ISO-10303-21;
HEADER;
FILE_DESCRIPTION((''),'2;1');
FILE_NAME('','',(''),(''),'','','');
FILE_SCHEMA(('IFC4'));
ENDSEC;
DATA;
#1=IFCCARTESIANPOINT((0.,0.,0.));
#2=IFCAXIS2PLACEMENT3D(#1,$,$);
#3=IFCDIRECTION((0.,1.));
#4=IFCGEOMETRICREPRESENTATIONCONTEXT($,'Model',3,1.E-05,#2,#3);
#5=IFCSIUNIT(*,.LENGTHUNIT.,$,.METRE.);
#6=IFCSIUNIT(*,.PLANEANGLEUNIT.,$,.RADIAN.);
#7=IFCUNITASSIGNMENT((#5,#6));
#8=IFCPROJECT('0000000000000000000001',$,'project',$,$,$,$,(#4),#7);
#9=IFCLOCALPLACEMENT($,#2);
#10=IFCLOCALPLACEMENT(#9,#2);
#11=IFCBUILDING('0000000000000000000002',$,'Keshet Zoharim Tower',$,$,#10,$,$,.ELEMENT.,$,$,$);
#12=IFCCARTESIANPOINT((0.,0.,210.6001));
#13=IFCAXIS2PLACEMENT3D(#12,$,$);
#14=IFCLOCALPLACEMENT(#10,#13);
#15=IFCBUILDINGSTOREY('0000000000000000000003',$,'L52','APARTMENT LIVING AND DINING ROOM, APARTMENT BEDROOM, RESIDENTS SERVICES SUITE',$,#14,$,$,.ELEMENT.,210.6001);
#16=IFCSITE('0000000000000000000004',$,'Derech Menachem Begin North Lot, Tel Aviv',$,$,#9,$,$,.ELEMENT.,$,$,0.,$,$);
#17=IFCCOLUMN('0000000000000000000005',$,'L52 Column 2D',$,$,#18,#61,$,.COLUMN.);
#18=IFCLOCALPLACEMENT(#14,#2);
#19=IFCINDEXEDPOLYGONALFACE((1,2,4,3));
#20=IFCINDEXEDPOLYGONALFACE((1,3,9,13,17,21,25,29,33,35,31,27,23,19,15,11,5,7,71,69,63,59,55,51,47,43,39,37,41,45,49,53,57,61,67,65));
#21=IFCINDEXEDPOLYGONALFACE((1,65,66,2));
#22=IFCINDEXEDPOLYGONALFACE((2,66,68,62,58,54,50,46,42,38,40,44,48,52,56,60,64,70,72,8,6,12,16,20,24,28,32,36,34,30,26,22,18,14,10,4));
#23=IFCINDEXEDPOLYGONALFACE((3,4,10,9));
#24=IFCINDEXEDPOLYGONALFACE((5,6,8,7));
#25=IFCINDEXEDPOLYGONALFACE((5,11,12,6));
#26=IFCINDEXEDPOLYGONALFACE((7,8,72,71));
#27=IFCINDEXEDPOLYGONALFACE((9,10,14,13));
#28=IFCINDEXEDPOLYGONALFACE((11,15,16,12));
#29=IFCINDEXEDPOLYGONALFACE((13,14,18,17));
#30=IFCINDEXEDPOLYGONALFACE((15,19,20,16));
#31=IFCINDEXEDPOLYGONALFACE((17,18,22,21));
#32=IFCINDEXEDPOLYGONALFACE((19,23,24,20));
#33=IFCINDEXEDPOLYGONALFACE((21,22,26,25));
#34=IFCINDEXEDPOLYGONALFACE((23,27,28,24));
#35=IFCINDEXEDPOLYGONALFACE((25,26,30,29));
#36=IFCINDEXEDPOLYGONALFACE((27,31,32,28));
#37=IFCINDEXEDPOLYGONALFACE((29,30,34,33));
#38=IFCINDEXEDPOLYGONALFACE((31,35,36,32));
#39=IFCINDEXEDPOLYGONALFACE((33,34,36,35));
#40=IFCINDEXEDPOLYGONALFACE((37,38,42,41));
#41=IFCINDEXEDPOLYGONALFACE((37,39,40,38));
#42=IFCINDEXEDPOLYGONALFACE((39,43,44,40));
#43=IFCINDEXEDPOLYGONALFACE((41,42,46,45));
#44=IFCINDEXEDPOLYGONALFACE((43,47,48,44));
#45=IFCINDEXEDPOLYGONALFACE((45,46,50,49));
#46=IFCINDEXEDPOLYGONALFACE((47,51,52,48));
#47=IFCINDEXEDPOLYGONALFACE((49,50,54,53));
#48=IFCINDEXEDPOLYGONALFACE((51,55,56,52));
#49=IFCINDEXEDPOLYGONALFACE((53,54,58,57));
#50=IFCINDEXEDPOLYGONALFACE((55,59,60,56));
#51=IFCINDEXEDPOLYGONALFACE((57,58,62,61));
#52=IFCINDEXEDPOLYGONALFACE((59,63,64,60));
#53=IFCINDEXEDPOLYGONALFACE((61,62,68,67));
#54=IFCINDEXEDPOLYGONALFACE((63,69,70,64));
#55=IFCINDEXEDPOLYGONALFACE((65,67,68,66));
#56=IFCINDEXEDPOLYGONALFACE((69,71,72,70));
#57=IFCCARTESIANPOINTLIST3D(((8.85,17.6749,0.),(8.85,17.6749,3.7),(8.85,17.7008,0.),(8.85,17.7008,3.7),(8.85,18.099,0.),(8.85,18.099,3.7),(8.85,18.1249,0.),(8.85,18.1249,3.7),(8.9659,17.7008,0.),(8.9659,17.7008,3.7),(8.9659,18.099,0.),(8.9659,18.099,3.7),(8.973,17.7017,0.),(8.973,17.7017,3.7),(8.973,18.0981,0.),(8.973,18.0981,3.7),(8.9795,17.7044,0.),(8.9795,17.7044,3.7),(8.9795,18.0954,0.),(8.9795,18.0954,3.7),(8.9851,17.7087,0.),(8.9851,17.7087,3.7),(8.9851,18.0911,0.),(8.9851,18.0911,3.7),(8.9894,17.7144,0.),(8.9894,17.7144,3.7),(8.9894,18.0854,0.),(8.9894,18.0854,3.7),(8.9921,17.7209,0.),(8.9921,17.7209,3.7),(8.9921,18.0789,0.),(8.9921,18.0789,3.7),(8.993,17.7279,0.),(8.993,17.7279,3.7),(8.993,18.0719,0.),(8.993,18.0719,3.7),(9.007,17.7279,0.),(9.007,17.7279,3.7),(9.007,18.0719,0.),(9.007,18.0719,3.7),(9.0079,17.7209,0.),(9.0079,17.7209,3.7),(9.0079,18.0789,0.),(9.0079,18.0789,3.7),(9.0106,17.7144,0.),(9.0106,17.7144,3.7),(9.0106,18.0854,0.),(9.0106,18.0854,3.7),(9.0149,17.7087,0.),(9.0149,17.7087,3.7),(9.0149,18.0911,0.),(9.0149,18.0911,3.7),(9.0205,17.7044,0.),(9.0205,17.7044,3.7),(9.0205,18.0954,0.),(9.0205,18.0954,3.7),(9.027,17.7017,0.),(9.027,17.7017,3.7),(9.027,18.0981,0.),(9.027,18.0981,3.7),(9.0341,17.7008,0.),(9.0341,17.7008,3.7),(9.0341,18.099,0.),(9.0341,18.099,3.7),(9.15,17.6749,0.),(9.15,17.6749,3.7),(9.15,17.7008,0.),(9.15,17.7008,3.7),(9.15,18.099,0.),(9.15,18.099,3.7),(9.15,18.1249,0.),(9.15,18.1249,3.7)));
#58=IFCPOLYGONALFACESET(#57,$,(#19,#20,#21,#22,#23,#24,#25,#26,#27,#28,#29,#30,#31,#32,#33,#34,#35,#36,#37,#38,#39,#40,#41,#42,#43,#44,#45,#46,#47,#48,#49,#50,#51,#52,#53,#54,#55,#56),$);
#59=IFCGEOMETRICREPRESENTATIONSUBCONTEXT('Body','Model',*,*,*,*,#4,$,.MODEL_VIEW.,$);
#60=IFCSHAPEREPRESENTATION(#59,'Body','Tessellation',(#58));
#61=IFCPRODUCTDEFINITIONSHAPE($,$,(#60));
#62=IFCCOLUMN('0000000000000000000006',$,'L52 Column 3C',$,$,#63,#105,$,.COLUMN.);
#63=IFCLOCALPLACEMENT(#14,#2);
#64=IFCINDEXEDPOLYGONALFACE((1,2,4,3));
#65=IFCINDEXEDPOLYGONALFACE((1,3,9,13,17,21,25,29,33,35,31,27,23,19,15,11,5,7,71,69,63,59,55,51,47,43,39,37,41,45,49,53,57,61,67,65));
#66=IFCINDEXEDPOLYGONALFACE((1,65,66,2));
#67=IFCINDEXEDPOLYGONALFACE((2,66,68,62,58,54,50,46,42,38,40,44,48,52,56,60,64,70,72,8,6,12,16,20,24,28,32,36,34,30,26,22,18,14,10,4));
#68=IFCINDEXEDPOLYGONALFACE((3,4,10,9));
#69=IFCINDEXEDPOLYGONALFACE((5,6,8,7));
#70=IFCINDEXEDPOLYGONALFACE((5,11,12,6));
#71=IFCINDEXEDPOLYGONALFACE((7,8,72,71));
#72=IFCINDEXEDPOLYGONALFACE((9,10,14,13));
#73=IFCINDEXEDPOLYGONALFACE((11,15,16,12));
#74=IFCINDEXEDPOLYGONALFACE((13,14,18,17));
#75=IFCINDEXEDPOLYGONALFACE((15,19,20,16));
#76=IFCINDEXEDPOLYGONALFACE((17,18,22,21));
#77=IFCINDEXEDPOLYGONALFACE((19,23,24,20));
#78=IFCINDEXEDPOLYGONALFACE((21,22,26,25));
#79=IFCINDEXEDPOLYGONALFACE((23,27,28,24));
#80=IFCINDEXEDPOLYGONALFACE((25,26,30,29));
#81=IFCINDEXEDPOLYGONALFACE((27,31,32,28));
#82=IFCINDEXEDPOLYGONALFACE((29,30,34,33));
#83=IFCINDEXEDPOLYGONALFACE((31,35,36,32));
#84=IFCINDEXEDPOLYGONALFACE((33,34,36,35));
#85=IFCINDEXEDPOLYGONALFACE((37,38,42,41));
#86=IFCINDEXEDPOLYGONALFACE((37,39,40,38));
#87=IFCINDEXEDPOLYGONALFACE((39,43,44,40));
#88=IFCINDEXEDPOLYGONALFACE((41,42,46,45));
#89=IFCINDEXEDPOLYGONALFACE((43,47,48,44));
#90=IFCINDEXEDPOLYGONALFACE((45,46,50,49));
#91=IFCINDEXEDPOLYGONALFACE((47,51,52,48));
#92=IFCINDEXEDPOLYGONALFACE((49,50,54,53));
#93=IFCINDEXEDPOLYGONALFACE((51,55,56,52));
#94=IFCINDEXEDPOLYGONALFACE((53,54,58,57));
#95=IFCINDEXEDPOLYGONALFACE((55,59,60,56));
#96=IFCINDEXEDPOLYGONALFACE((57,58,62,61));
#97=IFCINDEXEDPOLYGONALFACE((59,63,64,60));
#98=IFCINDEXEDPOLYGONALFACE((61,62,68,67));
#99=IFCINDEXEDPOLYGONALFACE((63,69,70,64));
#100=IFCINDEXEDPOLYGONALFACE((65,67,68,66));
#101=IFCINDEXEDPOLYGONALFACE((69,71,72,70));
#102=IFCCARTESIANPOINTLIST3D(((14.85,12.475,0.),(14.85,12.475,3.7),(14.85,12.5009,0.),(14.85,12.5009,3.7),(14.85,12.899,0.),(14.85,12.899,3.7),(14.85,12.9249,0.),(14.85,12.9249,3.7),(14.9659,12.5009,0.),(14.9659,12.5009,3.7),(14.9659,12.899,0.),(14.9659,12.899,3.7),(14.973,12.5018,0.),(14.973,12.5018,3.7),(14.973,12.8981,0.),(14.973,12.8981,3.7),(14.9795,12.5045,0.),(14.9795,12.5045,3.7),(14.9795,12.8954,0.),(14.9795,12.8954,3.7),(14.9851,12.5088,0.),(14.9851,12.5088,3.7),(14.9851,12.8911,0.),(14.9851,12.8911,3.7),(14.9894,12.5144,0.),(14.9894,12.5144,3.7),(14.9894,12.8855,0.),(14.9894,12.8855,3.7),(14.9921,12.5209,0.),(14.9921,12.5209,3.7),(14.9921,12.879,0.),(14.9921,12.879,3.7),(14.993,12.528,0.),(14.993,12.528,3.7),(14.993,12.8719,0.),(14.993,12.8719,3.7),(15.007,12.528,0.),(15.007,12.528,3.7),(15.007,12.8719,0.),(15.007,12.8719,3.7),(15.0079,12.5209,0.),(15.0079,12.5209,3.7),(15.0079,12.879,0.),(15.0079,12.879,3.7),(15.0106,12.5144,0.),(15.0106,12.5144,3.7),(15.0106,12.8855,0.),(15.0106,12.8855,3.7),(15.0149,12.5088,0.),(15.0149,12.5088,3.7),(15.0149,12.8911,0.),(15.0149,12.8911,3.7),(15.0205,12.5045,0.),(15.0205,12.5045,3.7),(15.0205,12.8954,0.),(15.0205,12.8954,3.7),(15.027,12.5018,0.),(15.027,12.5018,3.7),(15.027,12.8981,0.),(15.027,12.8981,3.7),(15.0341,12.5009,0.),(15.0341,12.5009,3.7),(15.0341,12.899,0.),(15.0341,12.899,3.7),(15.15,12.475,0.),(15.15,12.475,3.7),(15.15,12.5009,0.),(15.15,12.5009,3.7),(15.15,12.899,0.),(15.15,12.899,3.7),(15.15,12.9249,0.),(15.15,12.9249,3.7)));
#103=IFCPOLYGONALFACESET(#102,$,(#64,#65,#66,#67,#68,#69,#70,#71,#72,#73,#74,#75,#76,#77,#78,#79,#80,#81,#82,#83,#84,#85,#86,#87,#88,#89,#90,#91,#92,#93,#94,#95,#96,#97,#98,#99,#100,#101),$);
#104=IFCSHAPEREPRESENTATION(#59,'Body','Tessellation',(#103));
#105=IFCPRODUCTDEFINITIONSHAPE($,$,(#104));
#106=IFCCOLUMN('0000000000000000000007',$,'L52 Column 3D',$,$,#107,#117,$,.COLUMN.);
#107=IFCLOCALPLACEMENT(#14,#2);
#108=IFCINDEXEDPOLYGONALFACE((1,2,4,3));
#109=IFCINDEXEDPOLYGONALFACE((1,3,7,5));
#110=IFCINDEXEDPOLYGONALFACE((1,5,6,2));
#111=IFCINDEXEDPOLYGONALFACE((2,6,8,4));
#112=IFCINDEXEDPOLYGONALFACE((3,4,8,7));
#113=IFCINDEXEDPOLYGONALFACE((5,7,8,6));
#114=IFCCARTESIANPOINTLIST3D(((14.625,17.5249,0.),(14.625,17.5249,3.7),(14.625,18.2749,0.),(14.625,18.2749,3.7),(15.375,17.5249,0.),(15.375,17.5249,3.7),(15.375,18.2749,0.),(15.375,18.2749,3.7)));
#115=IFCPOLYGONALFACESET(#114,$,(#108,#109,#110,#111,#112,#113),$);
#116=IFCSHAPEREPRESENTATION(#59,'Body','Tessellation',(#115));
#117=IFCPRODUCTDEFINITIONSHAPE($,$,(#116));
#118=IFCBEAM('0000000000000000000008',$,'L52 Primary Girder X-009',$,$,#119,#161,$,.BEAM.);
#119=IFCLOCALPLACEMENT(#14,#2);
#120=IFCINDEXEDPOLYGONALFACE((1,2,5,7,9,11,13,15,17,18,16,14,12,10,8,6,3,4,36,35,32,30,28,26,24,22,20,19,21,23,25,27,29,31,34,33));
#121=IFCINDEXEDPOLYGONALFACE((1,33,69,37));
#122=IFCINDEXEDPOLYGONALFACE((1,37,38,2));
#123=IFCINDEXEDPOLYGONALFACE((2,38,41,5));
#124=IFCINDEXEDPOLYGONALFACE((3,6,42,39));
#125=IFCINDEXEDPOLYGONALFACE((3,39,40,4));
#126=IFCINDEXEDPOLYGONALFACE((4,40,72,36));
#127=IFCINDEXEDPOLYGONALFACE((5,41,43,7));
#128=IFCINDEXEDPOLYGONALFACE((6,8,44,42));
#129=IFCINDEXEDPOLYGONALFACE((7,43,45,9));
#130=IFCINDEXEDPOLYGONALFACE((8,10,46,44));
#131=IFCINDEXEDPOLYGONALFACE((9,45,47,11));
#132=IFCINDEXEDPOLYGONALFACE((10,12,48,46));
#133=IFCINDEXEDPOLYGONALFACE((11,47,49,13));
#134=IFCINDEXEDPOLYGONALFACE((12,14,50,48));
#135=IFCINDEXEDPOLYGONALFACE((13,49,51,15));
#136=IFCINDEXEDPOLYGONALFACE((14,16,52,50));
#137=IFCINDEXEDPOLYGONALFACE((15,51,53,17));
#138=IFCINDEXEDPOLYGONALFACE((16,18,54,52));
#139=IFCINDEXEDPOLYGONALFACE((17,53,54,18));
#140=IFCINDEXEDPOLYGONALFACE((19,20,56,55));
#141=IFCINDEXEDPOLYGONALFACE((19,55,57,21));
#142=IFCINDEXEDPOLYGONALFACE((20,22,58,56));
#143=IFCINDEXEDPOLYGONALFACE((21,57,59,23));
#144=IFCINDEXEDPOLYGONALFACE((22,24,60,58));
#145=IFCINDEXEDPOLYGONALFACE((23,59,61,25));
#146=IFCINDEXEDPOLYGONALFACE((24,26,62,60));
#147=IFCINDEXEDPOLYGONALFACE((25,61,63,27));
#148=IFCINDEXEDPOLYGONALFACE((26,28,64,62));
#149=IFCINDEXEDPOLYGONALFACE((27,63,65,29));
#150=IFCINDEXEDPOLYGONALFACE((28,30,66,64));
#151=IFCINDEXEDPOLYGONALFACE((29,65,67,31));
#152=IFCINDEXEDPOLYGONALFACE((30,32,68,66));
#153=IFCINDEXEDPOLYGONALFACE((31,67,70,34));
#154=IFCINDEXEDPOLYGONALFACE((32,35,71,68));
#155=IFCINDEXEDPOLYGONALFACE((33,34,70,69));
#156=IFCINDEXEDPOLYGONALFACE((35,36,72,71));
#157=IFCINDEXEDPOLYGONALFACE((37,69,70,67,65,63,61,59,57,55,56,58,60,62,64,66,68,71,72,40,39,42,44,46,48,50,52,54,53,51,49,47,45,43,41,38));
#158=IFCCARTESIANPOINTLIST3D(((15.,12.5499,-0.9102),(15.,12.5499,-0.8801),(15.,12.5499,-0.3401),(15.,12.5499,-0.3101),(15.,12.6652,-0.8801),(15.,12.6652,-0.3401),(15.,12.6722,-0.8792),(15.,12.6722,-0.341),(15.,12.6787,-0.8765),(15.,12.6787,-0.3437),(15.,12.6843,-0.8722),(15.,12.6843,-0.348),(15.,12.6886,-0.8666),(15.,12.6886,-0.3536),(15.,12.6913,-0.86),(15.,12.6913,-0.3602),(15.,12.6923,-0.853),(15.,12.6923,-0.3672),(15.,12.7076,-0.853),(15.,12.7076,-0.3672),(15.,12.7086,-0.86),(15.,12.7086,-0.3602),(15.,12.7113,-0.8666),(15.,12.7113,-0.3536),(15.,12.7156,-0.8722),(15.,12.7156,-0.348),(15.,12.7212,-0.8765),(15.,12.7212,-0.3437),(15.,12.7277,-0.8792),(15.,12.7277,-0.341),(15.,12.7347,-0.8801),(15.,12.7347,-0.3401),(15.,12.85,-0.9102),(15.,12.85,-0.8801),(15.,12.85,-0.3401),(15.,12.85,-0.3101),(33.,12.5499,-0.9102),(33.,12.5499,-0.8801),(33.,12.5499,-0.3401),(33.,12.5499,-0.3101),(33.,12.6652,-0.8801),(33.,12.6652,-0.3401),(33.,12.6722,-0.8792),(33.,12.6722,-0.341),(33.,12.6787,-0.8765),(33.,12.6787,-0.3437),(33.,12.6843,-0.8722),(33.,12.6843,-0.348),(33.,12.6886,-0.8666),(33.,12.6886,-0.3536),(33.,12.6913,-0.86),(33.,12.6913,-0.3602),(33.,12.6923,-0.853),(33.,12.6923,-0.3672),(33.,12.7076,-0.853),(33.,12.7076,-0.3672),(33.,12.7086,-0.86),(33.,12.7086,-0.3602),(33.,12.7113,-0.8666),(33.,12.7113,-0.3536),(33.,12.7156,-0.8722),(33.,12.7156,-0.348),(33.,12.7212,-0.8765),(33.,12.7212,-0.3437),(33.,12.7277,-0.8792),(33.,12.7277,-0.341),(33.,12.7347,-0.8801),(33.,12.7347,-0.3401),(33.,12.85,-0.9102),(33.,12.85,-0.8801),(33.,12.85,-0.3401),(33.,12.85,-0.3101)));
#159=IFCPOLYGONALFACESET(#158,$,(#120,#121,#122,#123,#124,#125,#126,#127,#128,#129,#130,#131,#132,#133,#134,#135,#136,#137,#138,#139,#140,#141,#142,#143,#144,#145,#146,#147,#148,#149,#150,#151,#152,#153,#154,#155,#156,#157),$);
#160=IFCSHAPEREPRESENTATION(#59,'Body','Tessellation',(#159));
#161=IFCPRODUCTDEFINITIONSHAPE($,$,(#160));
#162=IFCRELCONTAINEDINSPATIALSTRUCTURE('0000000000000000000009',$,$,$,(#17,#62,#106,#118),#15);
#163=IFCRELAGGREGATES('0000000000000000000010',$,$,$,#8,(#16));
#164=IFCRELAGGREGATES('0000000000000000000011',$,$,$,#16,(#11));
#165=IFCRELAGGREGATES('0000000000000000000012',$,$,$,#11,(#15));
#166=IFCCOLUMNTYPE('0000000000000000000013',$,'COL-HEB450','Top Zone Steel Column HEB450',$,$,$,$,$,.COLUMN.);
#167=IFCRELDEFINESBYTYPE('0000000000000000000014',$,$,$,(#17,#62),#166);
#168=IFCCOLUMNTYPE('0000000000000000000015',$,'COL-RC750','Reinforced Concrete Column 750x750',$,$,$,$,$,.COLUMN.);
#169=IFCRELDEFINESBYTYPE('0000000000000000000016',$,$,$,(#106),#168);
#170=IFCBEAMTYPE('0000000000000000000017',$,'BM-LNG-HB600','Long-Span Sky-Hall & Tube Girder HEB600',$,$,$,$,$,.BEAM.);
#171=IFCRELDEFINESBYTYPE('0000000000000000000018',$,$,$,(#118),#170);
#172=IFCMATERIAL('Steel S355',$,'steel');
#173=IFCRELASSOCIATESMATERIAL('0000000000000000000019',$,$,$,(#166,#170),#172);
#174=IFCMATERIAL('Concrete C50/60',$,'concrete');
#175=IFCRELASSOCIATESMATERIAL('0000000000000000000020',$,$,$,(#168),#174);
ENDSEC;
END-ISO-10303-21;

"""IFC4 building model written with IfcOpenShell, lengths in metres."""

from ifc_helpers import new_model, si_unit, direction, frame, origin, origin_2d, place, context, subcontext, project, spatial, rectangle, i_section, extrude, material, material_profile, profile_set, type_object, element, save


model = new_model("IFC4")

# Units and contexts
model_context = context("Model", 3, precision=1e-05, world=origin(), true_north=direction((0.0, 1.0)))
body_context = subcontext(model_context, "Body", "Model", "MODEL_VIEW")
ifc_project = project(units=[si_unit("LENGTHUNIT", "METRE"), si_unit("PLANEANGLEUNIT", "RADIAN")], contexts=[model_context])

# Site, building, storey
site_placement = place(None, origin())
site = spatial("IfcSite", under=ifc_project, at=site_placement, Name="Derech Menachem Begin North Lot, Tel Aviv", CompositionType="ELEMENT", RefElevation=0.0)
building_placement = place(site_placement, origin())
building = spatial("IfcBuilding", under=site, at=building_placement, Name="Keshet Zoharim Tower", CompositionType="ELEMENT")
storey_placement = place(building_placement, frame((0.0, 0.0, 210.6001)))
storey = spatial("IfcBuildingStorey", under=building, at=storey_placement, Name="L52", Description="APARTMENT LIVING AND DINING ROOM, APARTMENT BEDROOM, RESIDENTS SERVICES SUITE", CompositionType="ELEMENT", Elevation=210.6001)

# Columns
ifc_material_1 = material(Name="Steel S355", Category="steel")
ifc_material_profile_1 = material_profile(ifc_material_1, i_section(OverallWidth=0.3, OverallDepth=0.45, WebThickness=0.0139, FlangeThickness=0.0259, FilletRadius=0.0271, at=origin_2d()), Name="HEB450")
ifc_profile_set_1 = profile_set([ifc_material_profile_1], Name="Steel S355")
column_type_1 = type_object("IfcColumnType", Name="COL-HEB450", Description="Top Zone Steel Column HEB450", PredefinedType="COLUMN", material=ifc_profile_set_1)
for number, where, z_axis, x_axis, name in (
    (1, (9.0, 17.8999, 0.0), (0.0, 0.0, 1.0), (1.0, 0.0, 0.0), "L52 Column 2D"),
    (2, (15.0, 12.7, 0.0), (0.0, 0.0, 1.0), (1.0, 0.0, 0.0), "L52 Column 3C"),
):
    element("IfcColumn", number, at=place(storey_placement, frame(where, z_axis=z_axis, x_axis=x_axis)), inside=storey, type_object=column_type_1, Name=name, PredefinedType="COLUMN", context=body_context, shape_type="SweptSolid", body=[
        extrude(i_section(OverallWidth=0.3, OverallDepth=0.45, WebThickness=0.0139, FlangeThickness=0.0259, FilletRadius=0.0271, at=origin_2d()), origin(), (0.0, 0.0, 1.0), 3.7),
    ])
ifc_material_2 = material(Name="Concrete C50/60", Category="concrete")
ifc_material_profile_2 = material_profile(ifc_material_2, rectangle(XDim=0.75, YDim=0.75, at=origin_2d()), Name="RC750x750")
ifc_profile_set_2 = profile_set([ifc_material_profile_2], Name="Concrete C50/60")
column_type_2 = type_object("IfcColumnType", Name="COL-RC750", Description="Reinforced Concrete Column 750x750", PredefinedType="COLUMN", material=ifc_profile_set_2)
column_placement = place(storey_placement, frame((15.0, 17.8999, 0.0), z_axis=(0.0, 0.0, 1.0), x_axis=(1.0, 0.0, 0.0)))
element("IfcColumn", 3, at=column_placement, inside=storey, type_object=column_type_2, Name="L52 Column 3D", PredefinedType="COLUMN", context=body_context, shape_type="SweptSolid", body=[
    extrude(rectangle(XDim=0.75, YDim=0.75, at=origin_2d()), origin(), (0.0, 0.0, 1.0), 3.7),
])

# Beam
ifc_material_profile_3 = material_profile(ifc_material_1, i_section(OverallWidth=0.3, OverallDepth=0.6001, WebThickness=0.0154, FlangeThickness=0.03, FilletRadius=0.0271, at=origin_2d()), Name="HEB600")
ifc_profile_set_3 = profile_set([ifc_material_profile_3], Name="Steel S355")
beam_type_1 = type_object("IfcBeamType", Name="BM-LNG-HB600", Description="Long-Span Sky-Hall & Tube Girder HEB600", PredefinedType="BEAM", material=ifc_profile_set_3)
for number, where, z_axis, x_axis, name in (
    (4, (15.0, 12.7, -0.6101), (1.0, 0.0, 0.0), (0.0, 1.0, 0.0), "L52 Primary Girder X-009"),
):
    element("IfcBeam", number, at=place(storey_placement, frame(where, z_axis=z_axis, x_axis=x_axis)), inside=storey, type_object=beam_type_1, Name=name, PredefinedType="BEAM", context=body_context, shape_type="SweptSolid", body=[
        extrude(i_section(OverallWidth=0.3, OverallDepth=0.6001, WebThickness=0.0154, FlangeThickness=0.03, FilletRadius=0.0271, at=origin_2d()), origin(), (0.0, 0.0, 1.0), 18.0),
    ])

save(model, "model.ifc")
